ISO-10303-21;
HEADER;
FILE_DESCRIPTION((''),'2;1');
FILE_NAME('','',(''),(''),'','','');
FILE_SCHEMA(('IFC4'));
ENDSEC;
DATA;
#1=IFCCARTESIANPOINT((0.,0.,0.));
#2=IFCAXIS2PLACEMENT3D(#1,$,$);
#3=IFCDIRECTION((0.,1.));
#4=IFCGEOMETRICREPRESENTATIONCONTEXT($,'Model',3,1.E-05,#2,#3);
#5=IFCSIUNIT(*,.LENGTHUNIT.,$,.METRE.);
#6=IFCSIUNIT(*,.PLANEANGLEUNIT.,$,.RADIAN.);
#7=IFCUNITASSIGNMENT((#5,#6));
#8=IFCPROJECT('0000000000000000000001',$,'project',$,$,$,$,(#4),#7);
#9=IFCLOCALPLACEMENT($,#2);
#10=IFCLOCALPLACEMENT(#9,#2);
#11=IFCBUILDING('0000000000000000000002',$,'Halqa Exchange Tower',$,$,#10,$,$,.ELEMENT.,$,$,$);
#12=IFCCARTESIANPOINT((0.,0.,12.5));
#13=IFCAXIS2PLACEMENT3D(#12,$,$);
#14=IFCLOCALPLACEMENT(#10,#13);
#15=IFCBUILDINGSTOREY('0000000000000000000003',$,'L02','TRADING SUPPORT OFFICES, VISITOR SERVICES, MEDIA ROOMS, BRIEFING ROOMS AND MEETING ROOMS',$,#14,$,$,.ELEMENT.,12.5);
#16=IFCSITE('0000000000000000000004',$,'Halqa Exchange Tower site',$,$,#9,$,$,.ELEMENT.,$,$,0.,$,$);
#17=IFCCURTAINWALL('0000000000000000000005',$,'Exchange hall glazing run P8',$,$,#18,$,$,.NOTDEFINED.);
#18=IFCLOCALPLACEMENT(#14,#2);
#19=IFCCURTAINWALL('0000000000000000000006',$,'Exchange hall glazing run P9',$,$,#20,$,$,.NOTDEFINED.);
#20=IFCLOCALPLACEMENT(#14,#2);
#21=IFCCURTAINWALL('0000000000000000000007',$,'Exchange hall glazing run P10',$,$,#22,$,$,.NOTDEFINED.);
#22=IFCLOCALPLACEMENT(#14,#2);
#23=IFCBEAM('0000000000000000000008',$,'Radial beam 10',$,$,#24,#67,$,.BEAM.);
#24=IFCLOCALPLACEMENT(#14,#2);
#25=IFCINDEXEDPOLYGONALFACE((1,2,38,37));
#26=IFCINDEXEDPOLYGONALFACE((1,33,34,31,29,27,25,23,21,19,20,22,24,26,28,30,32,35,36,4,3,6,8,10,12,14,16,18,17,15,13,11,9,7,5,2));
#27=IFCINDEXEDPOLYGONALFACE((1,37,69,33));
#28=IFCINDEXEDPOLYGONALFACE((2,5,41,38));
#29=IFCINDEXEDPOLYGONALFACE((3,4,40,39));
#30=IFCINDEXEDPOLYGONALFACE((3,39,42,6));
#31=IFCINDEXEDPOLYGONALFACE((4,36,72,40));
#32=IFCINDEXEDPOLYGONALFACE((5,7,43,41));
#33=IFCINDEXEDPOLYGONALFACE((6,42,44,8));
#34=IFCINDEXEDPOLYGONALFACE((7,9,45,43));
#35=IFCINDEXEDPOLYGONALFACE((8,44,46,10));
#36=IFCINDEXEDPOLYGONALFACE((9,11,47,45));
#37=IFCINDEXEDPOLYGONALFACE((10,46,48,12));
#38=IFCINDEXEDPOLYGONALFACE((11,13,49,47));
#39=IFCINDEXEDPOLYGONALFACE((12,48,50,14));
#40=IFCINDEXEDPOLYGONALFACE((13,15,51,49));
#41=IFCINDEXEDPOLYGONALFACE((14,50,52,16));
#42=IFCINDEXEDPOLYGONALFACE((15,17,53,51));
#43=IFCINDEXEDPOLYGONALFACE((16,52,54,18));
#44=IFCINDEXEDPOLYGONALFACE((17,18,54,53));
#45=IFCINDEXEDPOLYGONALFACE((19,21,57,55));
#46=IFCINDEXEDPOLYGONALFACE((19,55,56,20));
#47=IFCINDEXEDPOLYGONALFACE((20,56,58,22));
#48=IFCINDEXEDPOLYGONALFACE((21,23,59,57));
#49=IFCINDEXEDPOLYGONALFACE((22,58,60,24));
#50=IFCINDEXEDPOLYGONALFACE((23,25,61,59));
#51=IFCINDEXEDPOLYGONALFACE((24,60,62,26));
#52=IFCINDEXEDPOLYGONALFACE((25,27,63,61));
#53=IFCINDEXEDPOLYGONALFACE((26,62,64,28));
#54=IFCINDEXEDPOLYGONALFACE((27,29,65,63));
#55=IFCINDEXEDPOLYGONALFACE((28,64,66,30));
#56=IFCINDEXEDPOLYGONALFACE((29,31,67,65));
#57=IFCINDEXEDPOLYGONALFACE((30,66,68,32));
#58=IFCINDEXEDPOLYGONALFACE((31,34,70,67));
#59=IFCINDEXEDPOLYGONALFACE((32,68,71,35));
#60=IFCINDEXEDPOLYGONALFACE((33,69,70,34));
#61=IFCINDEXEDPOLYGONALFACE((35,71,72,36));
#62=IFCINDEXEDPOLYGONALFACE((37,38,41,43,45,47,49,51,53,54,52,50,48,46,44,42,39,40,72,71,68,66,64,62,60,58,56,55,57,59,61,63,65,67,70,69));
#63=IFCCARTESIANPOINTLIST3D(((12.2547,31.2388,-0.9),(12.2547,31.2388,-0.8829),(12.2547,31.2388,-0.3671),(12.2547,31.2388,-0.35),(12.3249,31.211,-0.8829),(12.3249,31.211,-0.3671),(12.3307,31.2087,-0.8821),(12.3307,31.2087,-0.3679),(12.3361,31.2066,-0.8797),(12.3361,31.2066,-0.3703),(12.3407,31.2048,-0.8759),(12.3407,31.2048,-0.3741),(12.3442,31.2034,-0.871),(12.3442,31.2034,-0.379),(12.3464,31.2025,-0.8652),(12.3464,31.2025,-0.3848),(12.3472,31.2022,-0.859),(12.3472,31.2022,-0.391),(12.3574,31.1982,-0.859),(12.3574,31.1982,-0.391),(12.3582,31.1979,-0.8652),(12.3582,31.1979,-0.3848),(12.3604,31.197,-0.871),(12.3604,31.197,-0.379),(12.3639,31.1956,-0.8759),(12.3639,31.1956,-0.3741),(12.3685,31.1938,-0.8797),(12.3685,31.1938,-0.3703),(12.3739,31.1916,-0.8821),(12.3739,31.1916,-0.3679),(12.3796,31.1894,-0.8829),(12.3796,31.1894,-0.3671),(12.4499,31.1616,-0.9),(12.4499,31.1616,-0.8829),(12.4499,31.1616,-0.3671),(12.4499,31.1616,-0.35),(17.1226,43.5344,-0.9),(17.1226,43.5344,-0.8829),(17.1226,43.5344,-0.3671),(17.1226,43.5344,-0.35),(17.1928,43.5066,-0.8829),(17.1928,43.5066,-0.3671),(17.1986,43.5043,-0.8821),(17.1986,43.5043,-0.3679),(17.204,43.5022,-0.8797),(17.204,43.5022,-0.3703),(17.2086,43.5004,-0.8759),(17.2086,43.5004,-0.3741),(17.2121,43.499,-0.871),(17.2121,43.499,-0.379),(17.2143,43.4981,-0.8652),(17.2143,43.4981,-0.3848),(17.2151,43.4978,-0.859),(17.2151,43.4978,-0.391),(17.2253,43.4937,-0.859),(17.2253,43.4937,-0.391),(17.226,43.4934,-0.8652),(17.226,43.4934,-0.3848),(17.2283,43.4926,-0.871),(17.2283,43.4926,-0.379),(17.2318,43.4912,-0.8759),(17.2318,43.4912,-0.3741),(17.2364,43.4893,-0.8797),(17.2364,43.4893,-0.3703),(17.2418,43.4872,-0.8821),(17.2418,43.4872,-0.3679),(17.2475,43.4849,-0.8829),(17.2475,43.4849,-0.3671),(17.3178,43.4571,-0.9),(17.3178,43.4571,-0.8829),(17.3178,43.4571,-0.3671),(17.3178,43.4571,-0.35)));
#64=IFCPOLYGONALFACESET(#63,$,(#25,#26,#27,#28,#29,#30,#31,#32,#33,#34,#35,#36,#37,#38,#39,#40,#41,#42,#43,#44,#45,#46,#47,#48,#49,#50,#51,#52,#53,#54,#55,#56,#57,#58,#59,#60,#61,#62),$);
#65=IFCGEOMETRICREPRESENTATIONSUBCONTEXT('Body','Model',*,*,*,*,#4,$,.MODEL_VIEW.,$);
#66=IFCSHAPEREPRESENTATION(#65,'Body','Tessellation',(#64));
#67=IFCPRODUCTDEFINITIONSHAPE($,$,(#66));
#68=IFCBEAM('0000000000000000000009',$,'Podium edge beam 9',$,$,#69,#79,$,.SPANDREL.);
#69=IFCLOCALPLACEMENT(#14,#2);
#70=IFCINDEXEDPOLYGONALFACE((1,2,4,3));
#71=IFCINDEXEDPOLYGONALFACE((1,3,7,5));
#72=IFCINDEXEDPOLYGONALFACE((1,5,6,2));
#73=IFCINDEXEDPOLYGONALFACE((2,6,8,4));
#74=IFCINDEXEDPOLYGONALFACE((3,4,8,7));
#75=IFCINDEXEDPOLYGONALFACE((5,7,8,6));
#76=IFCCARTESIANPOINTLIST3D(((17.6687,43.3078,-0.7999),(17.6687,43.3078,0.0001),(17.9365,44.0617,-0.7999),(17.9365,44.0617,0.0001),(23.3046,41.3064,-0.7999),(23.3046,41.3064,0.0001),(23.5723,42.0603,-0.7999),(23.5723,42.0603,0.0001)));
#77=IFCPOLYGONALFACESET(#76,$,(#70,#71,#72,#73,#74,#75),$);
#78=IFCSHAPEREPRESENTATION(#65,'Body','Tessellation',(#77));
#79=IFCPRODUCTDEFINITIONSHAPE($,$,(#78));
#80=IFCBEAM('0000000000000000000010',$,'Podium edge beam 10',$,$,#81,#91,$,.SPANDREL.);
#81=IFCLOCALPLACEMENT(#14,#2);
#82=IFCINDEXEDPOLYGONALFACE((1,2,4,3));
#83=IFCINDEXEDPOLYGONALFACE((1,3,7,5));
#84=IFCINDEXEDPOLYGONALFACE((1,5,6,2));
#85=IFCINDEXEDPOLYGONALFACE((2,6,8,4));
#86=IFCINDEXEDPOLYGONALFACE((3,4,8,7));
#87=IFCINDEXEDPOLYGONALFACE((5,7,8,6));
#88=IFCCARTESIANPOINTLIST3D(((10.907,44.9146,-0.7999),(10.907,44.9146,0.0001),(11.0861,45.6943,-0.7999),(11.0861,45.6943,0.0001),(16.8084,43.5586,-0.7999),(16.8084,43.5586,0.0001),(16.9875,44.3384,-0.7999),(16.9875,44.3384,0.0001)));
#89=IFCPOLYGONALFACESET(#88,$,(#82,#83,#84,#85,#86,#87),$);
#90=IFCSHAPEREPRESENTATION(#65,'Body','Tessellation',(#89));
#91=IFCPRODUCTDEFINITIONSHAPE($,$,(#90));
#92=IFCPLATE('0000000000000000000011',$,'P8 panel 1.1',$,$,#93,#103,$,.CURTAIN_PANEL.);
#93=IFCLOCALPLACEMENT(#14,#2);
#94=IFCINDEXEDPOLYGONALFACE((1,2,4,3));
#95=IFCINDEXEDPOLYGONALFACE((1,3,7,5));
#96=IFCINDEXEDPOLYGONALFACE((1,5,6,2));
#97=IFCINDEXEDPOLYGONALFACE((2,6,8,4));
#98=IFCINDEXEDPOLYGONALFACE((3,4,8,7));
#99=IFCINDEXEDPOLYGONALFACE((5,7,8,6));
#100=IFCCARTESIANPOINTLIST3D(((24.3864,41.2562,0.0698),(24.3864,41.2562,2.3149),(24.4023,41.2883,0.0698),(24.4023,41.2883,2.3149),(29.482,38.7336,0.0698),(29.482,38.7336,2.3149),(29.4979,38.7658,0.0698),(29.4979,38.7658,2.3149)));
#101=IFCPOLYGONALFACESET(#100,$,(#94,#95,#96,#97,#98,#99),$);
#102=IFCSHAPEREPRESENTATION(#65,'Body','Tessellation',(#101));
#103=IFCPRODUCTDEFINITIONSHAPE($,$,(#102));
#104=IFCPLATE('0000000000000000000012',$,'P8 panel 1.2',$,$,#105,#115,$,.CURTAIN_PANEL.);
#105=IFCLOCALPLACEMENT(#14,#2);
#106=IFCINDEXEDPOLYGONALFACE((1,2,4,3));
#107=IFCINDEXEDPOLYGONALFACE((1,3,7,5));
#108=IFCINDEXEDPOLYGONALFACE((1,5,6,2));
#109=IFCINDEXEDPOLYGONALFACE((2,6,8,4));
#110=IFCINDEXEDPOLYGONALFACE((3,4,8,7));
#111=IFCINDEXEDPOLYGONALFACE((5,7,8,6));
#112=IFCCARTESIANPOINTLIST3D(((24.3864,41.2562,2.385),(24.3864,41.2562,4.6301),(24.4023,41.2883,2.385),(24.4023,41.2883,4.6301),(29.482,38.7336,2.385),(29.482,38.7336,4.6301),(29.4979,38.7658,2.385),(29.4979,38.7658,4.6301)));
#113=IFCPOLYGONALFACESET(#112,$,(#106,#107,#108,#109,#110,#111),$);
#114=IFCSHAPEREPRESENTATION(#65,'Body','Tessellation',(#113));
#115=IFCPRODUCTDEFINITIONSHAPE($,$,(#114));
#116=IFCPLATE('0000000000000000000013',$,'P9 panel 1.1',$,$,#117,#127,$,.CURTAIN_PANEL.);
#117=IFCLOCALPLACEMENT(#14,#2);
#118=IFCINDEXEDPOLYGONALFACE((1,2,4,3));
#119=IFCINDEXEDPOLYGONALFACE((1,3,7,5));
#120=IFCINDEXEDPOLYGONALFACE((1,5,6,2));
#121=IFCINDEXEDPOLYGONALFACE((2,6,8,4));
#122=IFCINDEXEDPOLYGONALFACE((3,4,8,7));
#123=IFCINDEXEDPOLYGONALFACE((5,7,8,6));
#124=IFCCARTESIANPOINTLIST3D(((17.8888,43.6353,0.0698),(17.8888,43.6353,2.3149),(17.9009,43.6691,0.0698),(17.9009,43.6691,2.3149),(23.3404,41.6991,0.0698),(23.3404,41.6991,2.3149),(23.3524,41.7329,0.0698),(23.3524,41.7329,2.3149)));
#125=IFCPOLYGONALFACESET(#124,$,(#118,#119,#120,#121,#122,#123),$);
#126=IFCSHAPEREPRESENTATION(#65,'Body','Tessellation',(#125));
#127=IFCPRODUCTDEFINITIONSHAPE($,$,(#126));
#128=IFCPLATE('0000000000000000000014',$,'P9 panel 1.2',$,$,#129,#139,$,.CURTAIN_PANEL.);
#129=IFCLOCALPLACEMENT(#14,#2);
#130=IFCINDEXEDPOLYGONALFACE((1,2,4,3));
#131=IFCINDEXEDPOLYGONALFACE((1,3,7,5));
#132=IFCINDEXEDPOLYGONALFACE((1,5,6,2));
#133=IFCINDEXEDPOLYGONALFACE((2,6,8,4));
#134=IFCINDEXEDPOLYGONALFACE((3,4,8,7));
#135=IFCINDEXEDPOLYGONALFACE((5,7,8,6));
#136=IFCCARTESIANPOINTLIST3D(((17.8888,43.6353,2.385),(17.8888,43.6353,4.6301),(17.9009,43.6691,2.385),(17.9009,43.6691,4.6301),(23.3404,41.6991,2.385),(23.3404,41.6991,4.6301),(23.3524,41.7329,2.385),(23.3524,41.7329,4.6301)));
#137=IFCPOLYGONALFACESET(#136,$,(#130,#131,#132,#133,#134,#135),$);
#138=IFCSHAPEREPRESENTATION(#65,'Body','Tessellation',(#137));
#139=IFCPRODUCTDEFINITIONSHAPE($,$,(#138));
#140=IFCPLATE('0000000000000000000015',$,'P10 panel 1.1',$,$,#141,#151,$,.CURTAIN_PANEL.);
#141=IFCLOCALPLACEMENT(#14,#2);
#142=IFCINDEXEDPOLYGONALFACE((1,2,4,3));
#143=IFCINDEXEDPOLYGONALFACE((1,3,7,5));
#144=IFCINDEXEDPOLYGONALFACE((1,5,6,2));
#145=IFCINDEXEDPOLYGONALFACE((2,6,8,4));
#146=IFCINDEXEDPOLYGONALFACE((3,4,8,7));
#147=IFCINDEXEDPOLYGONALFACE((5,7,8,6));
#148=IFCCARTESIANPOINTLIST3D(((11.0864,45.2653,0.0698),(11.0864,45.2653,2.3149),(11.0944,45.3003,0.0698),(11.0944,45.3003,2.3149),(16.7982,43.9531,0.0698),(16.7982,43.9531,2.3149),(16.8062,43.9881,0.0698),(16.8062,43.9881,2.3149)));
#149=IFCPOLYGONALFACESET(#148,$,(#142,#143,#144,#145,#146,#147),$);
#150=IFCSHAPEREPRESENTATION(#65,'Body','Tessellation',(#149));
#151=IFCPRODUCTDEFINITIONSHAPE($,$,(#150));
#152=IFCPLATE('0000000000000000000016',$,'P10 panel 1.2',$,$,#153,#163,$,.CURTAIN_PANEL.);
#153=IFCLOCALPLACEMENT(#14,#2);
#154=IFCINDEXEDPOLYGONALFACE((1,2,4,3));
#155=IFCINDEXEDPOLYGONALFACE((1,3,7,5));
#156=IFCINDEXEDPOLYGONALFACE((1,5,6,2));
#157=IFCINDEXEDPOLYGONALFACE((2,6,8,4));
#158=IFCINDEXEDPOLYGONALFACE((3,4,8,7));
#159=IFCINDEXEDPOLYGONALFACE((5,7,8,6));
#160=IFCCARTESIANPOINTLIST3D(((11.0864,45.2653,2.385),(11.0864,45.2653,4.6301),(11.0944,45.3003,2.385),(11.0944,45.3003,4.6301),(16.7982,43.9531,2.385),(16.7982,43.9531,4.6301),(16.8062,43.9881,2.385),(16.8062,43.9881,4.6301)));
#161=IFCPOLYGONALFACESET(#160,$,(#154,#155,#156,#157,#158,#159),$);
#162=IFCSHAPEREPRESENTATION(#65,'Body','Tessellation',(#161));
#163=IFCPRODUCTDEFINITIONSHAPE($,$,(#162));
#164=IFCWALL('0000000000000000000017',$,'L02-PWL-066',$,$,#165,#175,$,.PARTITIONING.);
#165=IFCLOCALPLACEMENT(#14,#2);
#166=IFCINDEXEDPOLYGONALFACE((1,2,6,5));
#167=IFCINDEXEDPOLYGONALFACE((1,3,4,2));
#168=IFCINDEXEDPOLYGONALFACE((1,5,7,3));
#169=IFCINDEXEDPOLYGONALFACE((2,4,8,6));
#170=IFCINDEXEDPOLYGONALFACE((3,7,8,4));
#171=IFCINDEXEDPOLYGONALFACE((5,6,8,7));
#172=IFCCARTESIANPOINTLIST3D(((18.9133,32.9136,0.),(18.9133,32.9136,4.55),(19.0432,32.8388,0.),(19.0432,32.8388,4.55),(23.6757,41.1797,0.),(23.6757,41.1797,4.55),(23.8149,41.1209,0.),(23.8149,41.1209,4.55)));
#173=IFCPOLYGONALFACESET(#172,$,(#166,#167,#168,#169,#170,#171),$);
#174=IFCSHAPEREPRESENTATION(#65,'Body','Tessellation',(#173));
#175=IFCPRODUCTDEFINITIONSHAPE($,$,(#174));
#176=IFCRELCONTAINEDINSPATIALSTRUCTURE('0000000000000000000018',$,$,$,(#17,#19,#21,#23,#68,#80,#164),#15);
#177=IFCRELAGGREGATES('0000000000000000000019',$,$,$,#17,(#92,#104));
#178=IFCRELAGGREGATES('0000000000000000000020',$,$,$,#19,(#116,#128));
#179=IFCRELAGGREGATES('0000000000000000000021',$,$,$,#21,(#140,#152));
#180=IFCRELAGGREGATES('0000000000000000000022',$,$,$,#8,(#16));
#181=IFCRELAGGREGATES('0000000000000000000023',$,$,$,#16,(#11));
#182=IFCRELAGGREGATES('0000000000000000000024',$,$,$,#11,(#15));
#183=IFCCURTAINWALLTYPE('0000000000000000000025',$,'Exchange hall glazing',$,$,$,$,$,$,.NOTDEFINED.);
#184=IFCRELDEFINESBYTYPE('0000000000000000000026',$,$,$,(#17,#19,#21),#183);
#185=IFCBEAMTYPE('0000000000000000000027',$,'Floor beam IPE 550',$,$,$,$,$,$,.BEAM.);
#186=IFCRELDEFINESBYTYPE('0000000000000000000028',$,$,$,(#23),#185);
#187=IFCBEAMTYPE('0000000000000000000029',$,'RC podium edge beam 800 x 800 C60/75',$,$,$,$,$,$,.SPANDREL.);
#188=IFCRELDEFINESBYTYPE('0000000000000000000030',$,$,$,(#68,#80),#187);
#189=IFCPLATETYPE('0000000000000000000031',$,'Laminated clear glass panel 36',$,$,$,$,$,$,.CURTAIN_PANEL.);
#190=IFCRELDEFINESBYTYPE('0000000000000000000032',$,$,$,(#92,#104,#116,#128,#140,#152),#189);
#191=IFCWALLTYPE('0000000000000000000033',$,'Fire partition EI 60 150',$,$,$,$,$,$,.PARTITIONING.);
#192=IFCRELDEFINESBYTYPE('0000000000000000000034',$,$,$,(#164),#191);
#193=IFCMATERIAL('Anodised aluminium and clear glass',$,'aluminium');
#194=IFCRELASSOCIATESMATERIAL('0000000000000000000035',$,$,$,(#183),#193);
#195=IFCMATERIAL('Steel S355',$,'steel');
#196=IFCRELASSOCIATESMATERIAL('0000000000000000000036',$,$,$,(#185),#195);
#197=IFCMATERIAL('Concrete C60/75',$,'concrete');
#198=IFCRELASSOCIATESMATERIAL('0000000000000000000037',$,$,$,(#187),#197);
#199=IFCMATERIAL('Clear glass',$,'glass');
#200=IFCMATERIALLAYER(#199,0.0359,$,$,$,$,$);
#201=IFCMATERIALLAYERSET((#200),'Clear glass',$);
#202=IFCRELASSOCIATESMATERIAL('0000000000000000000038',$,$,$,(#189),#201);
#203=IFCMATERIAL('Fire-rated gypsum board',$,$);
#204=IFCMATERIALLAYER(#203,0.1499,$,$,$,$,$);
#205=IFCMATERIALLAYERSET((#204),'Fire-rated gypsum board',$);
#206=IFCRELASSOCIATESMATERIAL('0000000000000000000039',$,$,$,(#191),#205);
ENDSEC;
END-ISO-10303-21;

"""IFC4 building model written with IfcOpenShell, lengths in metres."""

from ifc_helpers import new_model, si_unit, direction, frame, origin, origin_2d, place, context, subcontext, project, spatial, polyline, rectangle, i_section, outline, extrude, material, layer, layer_set, material_profile, profile_set, type_object, element, aggregate, save


model = new_model("IFC4")

# Units and contexts
model_context = context("Model", 3, precision=1e-05, world=origin(), true_north=direction((0.0, 1.0)))
body_context = subcontext(model_context, "Body", "Model", "MODEL_VIEW")
ifc_project = project(units=[si_unit("LENGTHUNIT", "METRE"), si_unit("PLANEANGLEUNIT", "RADIAN")], contexts=[model_context])

# Site, building, storey
site_placement = place(None, origin())
site = spatial("IfcSite", under=ifc_project, at=site_placement, Name="Halqa Exchange Tower site", CompositionType="ELEMENT", RefElevation=0.0)
building_placement = place(site_placement, origin())
building = spatial("IfcBuilding", under=site, at=building_placement, Name="Halqa Exchange Tower", CompositionType="ELEMENT")
storey_placement = place(building_placement, frame((0.0, 0.0, 12.5)))
storey = spatial("IfcBuildingStorey", under=building, at=storey_placement, Name="L02", Description="TRADING SUPPORT OFFICES, VISITOR SERVICES, MEDIA ROOMS, BRIEFING ROOMS AND MEETING ROOMS", CompositionType="ELEMENT", Elevation=12.5)

# Shared definitions
ifc_material_1 = material(Name="Concrete C60/75", Category="concrete")

# Curtain wall
ifc_material_2 = material(Name="Anodised aluminium and clear glass", Category="aluminium")
curtain_wall_type = type_object("IfcCurtainWallType", Name="Exchange hall glazing", PredefinedType="NOTDEFINED", material=ifc_material_2)
curtain_wall_1_placement = place(storey_placement, origin())
curtain_wall_1 = element("IfcCurtainWall", 1, at=curtain_wall_1_placement, inside=storey, type_object=curtain_wall_type, Name="Exchange hall glazing run P8", PredefinedType="NOTDEFINED")

# Curtain walls
curtain_wall_2_placement = place(storey_placement, origin())
curtain_wall_2 = element("IfcCurtainWall", 2, at=curtain_wall_2_placement, inside=storey, type_object=curtain_wall_type, Name="Exchange hall glazing run P9", PredefinedType="NOTDEFINED")
curtain_wall_3_placement = place(storey_placement, origin())
curtain_wall_3 = element("IfcCurtainWall", 3, at=curtain_wall_3_placement, inside=storey, type_object=curtain_wall_type, Name="Exchange hall glazing run P10", PredefinedType="NOTDEFINED")

# Beams
ifc_material_3 = material(Name="Steel S355", Category="steel")
ifc_material_profile_1 = material_profile(ifc_material_3, i_section(OverallWidth=0.21, OverallDepth=0.55, WebThickness=0.011, FlangeThickness=0.0171, FilletRadius=0.0239, at=origin_2d()), Name="IPE 550")
ifc_profile_set_1 = profile_set([ifc_material_profile_1], Name="Steel S355")
beam_type_1 = type_object("IfcBeamType", Name="Floor beam IPE 550", PredefinedType="BEAM", material=ifc_profile_set_1)
beam_1_placement = place(storey_placement, frame((12.3523, 31.2002, -0.625), z_axis=(0.368107, 0.929784, 0.0), x_axis=(-0.929784, 0.368107, 0.0)))
element("IfcBeam", 4, at=beam_1_placement, inside=storey, type_object=beam_type_1, Name="Radial beam 10", PredefinedType="BEAM", context=body_context, shape_type="SweptSolid", body=[
    extrude(i_section(OverallWidth=0.21, OverallDepth=0.55, WebThickness=0.011, FlangeThickness=0.0171, FilletRadius=0.0239, at=origin_2d()), origin(), (0.0, 0.0, 1.0), 13.2241),
])
ifc_material_profile_2 = material_profile(ifc_material_1, rectangle(XDim=0.8, YDim=0.8, at=origin_2d()), Name="800 x 800")
ifc_profile_set_2 = profile_set([ifc_material_profile_2], Name="Concrete C60/75")
beam_type_2 = type_object("IfcBeamType", Name="RC podium edge beam 800 x 800 C60/75", PredefinedType="SPANDREL", material=ifc_profile_set_2)
beam_2_placement = place(storey_placement, frame((23.4385, 41.6833, -0.3999), z_axis=(-0.942343, 0.334647, 0.0), x_axis=(-0.334647, -0.942343, 0.0)))
element("IfcBeam", 5, at=beam_2_placement, inside=storey, type_object=beam_type_2, Name="Podium edge beam 9", PredefinedType="SPANDREL", context=body_context, shape_type="SweptSolid", body=[
    extrude(rectangle(XDim=0.8, YDim=0.8, at=origin_2d()), origin(), (0.0, 0.0, 1.0), 5.9807),
])
beam_3_placement = place(storey_placement, frame((16.8979, 43.9485, -0.3999), z_axis=(-0.974604, 0.223935, 0.0), x_axis=(-0.223935, -0.974604, 0.0)))
element("IfcBeam", 6, at=beam_3_placement, inside=storey, type_object=beam_type_2, Name="Podium edge beam 10", PredefinedType="SPANDREL", context=body_context, shape_type="SweptSolid", body=[
    extrude(rectangle(XDim=0.8, YDim=0.8, at=origin_2d()), origin(), (0.0, 0.0, 1.0), 6.0552),
])

# Plates
ifc_material_4 = material(Name="Clear glass", Category="glass")
ifc_layer_1 = layer(ifc_material_4, 0.0359)
ifc_layer_set_1 = layer_set([ifc_layer_1], Name="Clear glass")
plate_type = type_object("IfcPlateType", Name="Laminated clear glass panel 36", PredefinedType="CURTAIN_PANEL", material=ifc_layer_set_1)
plate_1_placement = place(storey_placement, frame((26.9421, 40.011, 0.0698), z_axis=(0.0, 0.0, 1.0), x_axis=(-0.896198, 0.443653, 0.0)))
plate_1 = element("IfcPlate", 7, at=plate_1_placement, type_object=plate_type, Name="P8 panel 1.1", PredefinedType="CURTAIN_PANEL", context=body_context, shape_type="SweptSolid", body=[
    extrude(rectangle(XDim=5.6858, YDim=0.0359, at=origin_2d()), origin(), (0.0, 0.0, 1.0), 2.2451),
])
plate_2_placement = place(storey_placement, frame((26.9421, 40.011, 2.385), z_axis=(0.0, 0.0, 1.0), x_axis=(-0.896198, 0.443653, 0.0)))
plate_2 = element("IfcPlate", 8, at=plate_2_placement, type_object=plate_type, Name="P8 panel 1.2", PredefinedType="CURTAIN_PANEL", context=body_context, shape_type="SweptSolid", body=[
    extrude(rectangle(XDim=5.6858, YDim=0.0359, at=origin_2d()), origin(), (0.0, 0.0, 1.0), 2.2451),
])
aggregate(curtain_wall_1, [plate_1, plate_2])
plate_3_placement = place(storey_placement, frame((20.6206, 42.6841, 0.0698), z_axis=(0.0, 0.0, 1.0), x_axis=(-0.942329, 0.334688, 0.0)))
plate_3 = element("IfcPlate", 9, at=plate_3_placement, type_object=plate_type, Name="P9 panel 1.1", PredefinedType="CURTAIN_PANEL", context=body_context, shape_type="SweptSolid", body=[
    extrude(rectangle(XDim=5.7852, YDim=0.0359, at=origin_2d()), origin(), (0.0, 0.0, 1.0), 2.2451),
])
plate_4_placement = place(storey_placement, frame((20.6206, 42.6841, 2.385), z_axis=(0.0, 0.0, 1.0), x_axis=(-0.942329, 0.334688, 0.0)))
plate_4 = element("IfcPlate", 10, at=plate_4_placement, type_object=plate_type, Name="P9 panel 1.2", PredefinedType="CURTAIN_PANEL", context=body_context, shape_type="SweptSolid", body=[
    extrude(rectangle(XDim=5.7852, YDim=0.0359, at=origin_2d()), origin(), (0.0, 0.0, 1.0), 2.2451),
])
aggregate(curtain_wall_2, [plate_3, plate_4])
plate_5_placement = place(storey_placement, frame((13.9463, 44.6267, 0.0698), z_axis=(0.0, 0.0, 1.0), x_axis=(-0.974613, 0.223897, 0.0)))
plate_5 = element("IfcPlate", 11, at=plate_5_placement, type_object=plate_type, Name="P10 panel 1.1", PredefinedType="CURTAIN_PANEL", context=body_context, shape_type="SweptSolid", body=[
    extrude(rectangle(XDim=5.8606, YDim=0.0359, at=origin_2d()), origin(), (0.0, 0.0, 1.0), 2.2451),
])
plate_6_placement = place(storey_placement, frame((13.9463, 44.6267, 2.385), z_axis=(0.0, 0.0, 1.0), x_axis=(-0.974613, 0.223897, 0.0)))
plate_6 = element("IfcPlate", 12, at=plate_6_placement, type_object=plate_type, Name="P10 panel 1.2", PredefinedType="CURTAIN_PANEL", context=body_context, shape_type="SweptSolid", body=[
    extrude(rectangle(XDim=5.8606, YDim=0.0359, at=origin_2d()), origin(), (0.0, 0.0, 1.0), 2.2451),
])
aggregate(curtain_wall_3, [plate_5, plate_6])

# Wall
ifc_material_5 = material(Name="Fire-rated gypsum board")
ifc_layer_2 = layer(ifc_material_5, 0.1499)
ifc_layer_set_2 = layer_set([ifc_layer_2], Name="Fire-rated gypsum board")
wall_type_1 = type_object("IfcWallType", Name="Fire partition EI 60 150", PredefinedType="PARTITIONING", material=ifc_layer_set_2)
wall_1_placement = place(storey_placement, frame((18.9783, 32.8762, 0.0), z_axis=(0.0, 0.0, 1.0), x_axis=(0.499214, 0.866479, 0.0)))
element("IfcWall", 13, at=wall_1_placement, inside=storey, type_object=wall_type_1, Name="L02-PWL-066", PredefinedType="PARTITIONING", context=body_context, shape_type="SweptSolid", body=[
    extrude(outline(polyline([(0.0, -0.075), (9.5583, -0.075), (9.5398, 0.075), (0.0, 0.075), (0.0, -0.075)])), origin(), (0.0, 0.0, 1.0), 4.55),
])

save(model, "model.ifc")
